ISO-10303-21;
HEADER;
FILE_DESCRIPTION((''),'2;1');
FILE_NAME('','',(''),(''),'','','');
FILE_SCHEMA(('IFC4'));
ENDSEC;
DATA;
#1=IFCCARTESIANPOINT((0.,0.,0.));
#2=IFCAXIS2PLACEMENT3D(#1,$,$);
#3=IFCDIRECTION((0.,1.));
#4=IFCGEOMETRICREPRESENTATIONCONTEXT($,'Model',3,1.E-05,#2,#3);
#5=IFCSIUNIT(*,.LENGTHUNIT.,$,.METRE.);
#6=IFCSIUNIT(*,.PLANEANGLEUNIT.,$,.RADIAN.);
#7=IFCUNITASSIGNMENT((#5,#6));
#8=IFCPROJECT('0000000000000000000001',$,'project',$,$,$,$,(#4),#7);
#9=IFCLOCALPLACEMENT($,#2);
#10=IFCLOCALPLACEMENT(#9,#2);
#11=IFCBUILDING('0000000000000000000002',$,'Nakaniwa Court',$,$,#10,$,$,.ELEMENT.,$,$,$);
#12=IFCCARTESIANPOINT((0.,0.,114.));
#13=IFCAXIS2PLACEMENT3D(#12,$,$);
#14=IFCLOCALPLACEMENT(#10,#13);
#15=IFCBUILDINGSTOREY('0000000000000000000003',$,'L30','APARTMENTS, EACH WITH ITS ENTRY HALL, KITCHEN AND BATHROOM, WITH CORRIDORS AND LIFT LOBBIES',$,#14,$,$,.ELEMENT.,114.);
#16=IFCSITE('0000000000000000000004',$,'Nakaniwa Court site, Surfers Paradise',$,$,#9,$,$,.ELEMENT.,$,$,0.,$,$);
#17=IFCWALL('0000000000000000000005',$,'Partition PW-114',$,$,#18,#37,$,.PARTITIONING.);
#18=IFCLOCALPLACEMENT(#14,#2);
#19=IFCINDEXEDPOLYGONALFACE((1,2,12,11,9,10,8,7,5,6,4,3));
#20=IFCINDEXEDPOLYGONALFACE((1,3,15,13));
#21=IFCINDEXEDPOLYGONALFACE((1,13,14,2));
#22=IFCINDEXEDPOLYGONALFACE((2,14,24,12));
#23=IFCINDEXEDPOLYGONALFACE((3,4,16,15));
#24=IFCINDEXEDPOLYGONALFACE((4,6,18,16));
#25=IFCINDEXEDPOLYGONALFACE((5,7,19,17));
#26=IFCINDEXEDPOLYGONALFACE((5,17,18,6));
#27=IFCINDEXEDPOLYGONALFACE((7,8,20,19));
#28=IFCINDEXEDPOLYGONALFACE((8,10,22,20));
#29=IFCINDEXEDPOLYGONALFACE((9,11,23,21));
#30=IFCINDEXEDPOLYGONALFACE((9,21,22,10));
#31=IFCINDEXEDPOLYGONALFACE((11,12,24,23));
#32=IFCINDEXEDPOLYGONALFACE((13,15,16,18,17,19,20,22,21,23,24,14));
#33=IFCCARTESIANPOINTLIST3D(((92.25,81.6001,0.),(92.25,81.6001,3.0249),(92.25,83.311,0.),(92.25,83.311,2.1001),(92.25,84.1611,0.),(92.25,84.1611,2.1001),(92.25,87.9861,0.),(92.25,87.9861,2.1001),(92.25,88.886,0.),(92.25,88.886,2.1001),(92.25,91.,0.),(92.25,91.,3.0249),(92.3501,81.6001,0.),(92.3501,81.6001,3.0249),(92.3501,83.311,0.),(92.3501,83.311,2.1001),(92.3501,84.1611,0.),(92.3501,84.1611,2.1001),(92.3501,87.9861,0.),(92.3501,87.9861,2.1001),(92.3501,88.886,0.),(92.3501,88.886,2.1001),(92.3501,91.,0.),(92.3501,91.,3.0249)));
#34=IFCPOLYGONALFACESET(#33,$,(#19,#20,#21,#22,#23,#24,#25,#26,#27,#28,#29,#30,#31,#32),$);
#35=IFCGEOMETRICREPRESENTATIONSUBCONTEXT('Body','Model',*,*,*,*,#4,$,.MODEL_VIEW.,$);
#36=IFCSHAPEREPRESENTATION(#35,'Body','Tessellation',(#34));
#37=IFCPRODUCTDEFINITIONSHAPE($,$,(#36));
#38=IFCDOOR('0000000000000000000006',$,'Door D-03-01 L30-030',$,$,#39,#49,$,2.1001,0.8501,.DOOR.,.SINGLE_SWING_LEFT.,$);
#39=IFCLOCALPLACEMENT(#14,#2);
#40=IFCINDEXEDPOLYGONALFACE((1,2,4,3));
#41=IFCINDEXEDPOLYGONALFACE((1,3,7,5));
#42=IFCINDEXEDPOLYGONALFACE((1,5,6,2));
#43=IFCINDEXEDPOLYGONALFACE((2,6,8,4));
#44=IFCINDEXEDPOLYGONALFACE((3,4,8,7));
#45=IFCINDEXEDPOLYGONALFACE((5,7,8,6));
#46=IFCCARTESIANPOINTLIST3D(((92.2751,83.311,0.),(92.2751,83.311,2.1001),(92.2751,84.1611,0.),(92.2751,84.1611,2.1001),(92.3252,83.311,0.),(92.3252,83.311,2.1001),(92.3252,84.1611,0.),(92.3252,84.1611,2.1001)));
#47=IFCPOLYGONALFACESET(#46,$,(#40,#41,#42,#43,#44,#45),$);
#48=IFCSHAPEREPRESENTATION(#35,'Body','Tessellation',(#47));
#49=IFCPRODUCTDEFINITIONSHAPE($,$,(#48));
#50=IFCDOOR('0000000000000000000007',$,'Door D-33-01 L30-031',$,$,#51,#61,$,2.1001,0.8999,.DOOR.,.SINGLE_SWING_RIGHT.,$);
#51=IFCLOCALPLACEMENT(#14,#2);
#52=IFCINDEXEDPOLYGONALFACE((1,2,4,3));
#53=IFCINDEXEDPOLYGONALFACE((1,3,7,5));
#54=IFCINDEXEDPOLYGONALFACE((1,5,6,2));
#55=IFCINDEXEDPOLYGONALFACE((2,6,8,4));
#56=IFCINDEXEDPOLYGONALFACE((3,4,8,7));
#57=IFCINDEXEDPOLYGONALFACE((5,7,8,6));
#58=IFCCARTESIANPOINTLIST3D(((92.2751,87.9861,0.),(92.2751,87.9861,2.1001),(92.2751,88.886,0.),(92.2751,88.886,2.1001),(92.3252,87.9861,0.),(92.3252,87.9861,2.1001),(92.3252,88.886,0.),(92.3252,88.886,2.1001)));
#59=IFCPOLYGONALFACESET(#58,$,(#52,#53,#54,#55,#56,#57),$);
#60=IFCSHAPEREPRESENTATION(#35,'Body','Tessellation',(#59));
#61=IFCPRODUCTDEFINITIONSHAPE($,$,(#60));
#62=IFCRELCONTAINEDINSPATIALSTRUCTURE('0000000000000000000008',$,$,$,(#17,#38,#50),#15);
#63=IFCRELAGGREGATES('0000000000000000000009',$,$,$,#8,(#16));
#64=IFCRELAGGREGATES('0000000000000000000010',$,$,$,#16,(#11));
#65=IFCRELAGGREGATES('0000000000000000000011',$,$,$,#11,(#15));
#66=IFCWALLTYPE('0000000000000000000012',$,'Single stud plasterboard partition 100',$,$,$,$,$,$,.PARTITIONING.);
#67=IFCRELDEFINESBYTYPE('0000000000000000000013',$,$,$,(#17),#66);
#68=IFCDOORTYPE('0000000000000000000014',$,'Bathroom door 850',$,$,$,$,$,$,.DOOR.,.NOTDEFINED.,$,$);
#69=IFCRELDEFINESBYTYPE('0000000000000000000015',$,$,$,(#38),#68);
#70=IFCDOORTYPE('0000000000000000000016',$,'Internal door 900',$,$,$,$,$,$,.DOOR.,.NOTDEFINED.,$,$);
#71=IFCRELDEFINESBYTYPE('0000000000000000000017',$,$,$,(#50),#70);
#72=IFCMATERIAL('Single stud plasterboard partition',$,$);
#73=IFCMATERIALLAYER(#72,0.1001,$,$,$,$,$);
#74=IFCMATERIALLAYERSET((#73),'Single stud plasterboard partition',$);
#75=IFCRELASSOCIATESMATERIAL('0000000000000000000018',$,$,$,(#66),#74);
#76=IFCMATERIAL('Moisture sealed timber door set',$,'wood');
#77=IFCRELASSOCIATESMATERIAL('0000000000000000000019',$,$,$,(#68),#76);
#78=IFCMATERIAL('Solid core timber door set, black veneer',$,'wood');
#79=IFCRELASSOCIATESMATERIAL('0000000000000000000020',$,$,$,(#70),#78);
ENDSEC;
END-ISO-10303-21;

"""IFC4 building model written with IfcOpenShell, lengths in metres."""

from ifc_helpers import new_model, si_unit, direction, frame, frame_2d, origin, place, context, subcontext, project, spatial, rectangle, extrude, material, layer, layer_set, type_object, element, fill, save


model = new_model("IFC4")

# Units and contexts
model_context = context("Model", 3, precision=1e-05, world=origin(), true_north=direction((0.0, 1.0)))
body_context = subcontext(model_context, "Body", "Model", "MODEL_VIEW")
ifc_project = project(units=[si_unit("LENGTHUNIT", "METRE"), si_unit("PLANEANGLEUNIT", "RADIAN")], contexts=[model_context])

# Site, building, storey
site_placement = place(None, origin())
site = spatial("IfcSite", under=ifc_project, at=site_placement, Name="Nakaniwa Court site, Surfers Paradise", CompositionType="ELEMENT", RefElevation=0.0)
building_placement = place(site_placement, origin())
building = spatial("IfcBuilding", under=site, at=building_placement, Name="Nakaniwa Court", CompositionType="ELEMENT")
storey_placement = place(building_placement, frame((0.0, 0.0, 114.0)))
storey = spatial("IfcBuildingStorey", under=building, at=storey_placement, Name="L30", Description="APARTMENTS, EACH WITH ITS ENTRY HALL, KITCHEN AND BATHROOM, WITH CORRIDORS AND LIFT LOBBIES", CompositionType="ELEMENT", Elevation=114.0)

# Shared definitions
ifc_material_1 = material(Name="Solid core timber door set, black veneer", Category="wood")

# Shared definitions
ifc_material_2 = material(Name="Single stud plasterboard partition")
ifc_layer_1 = layer(ifc_material_2, 0.1001)
ifc_layer_set_1 = layer_set([ifc_layer_1], Name="Single stud plasterboard partition")
wall_type_1 = type_object("IfcWallType", Name="Single stud plasterboard partition 100", PredefinedType="PARTITIONING", material=ifc_layer_set_1)

# Wall, openings, doors
wall_1_placement = place(storey_placement, frame((92.3, 81.6001, 0.0), z_axis=(0.0, 0.0, 1.0), x_axis=(0.0, 1.0, 0.0)))
wall_1 = element("IfcWall", 1, at=wall_1_placement, inside=storey, type_object=wall_type_1, Name="Partition PW-114", PredefinedType="PARTITIONING", context=body_context, shape_type="SweptSolid", body=[
    extrude(rectangle(XDim=9.3999, YDim=0.1001, at=frame_2d((4.7, 0.0))), origin(), (0.0, 0.0, 1.0), 3.0249),
])
opening_1_placement = place(wall_1_placement, frame((1.7109, 0.0, 0.0)))
opening_1 = element("IfcOpeningElement", 2, at=opening_1_placement, cuts=wall_1, PredefinedType="OPENING", context=body_context, shape_type="SweptSolid", body=[
    extrude(rectangle(XDim=0.8501, YDim=2.1001, at=frame_2d((0.425, 1.05))), frame((0.0, 0.0601, 0.0), z_axis=(0.0, -1.0, 0.0), x_axis=(1.0, 0.0, 0.0)), (0.0, 0.0, 1.0), 0.1201),
])
opening_2_placement = place(wall_1_placement, frame((6.386, 0.0, 0.0)))
opening_2 = element("IfcOpeningElement", 3, at=opening_2_placement, cuts=wall_1, PredefinedType="OPENING", context=body_context, shape_type="SweptSolid", body=[
    extrude(rectangle(XDim=0.8999, YDim=2.1001, at=frame_2d((0.45, 1.05))), frame((0.0, 0.0601, 0.0), z_axis=(0.0, -1.0, 0.0), x_axis=(1.0, 0.0, 0.0)), (0.0, 0.0, 1.0), 0.1201),
])
ifc_material_3 = material(Name="Moisture sealed timber door set", Category="wood")
door_type_1 = type_object("IfcDoorType", Name="Bathroom door 850", OperationType="NOTDEFINED", PredefinedType="DOOR", material=ifc_material_3)
door_1_placement = place(opening_1_placement, origin())
door_1 = element("IfcDoor", 4, at=door_1_placement, inside=storey, type_object=door_type_1, Name="Door D-03-01 L30-030", OperationType="SINGLE_SWING_LEFT", OverallHeight=2.1001, OverallWidth=0.8501, PredefinedType="DOOR", context=body_context, shape_type="SweptSolid", body=[
    extrude(rectangle(XDim=0.8501, YDim=2.1001, at=frame_2d((0.425, 1.05))), frame((0.0, 0.0249, 0.0), z_axis=(0.0, -1.0, 0.0), x_axis=(1.0, 0.0, 0.0)), (0.0, 0.0, 1.0), 0.05),
])
fill(opening_1, door_1)
door_type_2 = type_object("IfcDoorType", Name="Internal door 900", OperationType="NOTDEFINED", PredefinedType="DOOR", material=ifc_material_1)
door_2_placement = place(opening_2_placement, origin())
door_2 = element("IfcDoor", 5, at=door_2_placement, inside=storey, type_object=door_type_2, Name="Door D-33-01 L30-031", OperationType="SINGLE_SWING_RIGHT", OverallHeight=2.1001, OverallWidth=0.8999, PredefinedType="DOOR", context=body_context, shape_type="SweptSolid", body=[
    extrude(rectangle(XDim=0.8999, YDim=2.1001, at=frame_2d((0.45, 1.05))), frame((0.0, 0.0249, 0.0), z_axis=(0.0, -1.0, 0.0), x_axis=(1.0, 0.0, 0.0)), (0.0, 0.0, 1.0), 0.05),
])
fill(opening_2, door_2)

save(model, "model.ifc")
